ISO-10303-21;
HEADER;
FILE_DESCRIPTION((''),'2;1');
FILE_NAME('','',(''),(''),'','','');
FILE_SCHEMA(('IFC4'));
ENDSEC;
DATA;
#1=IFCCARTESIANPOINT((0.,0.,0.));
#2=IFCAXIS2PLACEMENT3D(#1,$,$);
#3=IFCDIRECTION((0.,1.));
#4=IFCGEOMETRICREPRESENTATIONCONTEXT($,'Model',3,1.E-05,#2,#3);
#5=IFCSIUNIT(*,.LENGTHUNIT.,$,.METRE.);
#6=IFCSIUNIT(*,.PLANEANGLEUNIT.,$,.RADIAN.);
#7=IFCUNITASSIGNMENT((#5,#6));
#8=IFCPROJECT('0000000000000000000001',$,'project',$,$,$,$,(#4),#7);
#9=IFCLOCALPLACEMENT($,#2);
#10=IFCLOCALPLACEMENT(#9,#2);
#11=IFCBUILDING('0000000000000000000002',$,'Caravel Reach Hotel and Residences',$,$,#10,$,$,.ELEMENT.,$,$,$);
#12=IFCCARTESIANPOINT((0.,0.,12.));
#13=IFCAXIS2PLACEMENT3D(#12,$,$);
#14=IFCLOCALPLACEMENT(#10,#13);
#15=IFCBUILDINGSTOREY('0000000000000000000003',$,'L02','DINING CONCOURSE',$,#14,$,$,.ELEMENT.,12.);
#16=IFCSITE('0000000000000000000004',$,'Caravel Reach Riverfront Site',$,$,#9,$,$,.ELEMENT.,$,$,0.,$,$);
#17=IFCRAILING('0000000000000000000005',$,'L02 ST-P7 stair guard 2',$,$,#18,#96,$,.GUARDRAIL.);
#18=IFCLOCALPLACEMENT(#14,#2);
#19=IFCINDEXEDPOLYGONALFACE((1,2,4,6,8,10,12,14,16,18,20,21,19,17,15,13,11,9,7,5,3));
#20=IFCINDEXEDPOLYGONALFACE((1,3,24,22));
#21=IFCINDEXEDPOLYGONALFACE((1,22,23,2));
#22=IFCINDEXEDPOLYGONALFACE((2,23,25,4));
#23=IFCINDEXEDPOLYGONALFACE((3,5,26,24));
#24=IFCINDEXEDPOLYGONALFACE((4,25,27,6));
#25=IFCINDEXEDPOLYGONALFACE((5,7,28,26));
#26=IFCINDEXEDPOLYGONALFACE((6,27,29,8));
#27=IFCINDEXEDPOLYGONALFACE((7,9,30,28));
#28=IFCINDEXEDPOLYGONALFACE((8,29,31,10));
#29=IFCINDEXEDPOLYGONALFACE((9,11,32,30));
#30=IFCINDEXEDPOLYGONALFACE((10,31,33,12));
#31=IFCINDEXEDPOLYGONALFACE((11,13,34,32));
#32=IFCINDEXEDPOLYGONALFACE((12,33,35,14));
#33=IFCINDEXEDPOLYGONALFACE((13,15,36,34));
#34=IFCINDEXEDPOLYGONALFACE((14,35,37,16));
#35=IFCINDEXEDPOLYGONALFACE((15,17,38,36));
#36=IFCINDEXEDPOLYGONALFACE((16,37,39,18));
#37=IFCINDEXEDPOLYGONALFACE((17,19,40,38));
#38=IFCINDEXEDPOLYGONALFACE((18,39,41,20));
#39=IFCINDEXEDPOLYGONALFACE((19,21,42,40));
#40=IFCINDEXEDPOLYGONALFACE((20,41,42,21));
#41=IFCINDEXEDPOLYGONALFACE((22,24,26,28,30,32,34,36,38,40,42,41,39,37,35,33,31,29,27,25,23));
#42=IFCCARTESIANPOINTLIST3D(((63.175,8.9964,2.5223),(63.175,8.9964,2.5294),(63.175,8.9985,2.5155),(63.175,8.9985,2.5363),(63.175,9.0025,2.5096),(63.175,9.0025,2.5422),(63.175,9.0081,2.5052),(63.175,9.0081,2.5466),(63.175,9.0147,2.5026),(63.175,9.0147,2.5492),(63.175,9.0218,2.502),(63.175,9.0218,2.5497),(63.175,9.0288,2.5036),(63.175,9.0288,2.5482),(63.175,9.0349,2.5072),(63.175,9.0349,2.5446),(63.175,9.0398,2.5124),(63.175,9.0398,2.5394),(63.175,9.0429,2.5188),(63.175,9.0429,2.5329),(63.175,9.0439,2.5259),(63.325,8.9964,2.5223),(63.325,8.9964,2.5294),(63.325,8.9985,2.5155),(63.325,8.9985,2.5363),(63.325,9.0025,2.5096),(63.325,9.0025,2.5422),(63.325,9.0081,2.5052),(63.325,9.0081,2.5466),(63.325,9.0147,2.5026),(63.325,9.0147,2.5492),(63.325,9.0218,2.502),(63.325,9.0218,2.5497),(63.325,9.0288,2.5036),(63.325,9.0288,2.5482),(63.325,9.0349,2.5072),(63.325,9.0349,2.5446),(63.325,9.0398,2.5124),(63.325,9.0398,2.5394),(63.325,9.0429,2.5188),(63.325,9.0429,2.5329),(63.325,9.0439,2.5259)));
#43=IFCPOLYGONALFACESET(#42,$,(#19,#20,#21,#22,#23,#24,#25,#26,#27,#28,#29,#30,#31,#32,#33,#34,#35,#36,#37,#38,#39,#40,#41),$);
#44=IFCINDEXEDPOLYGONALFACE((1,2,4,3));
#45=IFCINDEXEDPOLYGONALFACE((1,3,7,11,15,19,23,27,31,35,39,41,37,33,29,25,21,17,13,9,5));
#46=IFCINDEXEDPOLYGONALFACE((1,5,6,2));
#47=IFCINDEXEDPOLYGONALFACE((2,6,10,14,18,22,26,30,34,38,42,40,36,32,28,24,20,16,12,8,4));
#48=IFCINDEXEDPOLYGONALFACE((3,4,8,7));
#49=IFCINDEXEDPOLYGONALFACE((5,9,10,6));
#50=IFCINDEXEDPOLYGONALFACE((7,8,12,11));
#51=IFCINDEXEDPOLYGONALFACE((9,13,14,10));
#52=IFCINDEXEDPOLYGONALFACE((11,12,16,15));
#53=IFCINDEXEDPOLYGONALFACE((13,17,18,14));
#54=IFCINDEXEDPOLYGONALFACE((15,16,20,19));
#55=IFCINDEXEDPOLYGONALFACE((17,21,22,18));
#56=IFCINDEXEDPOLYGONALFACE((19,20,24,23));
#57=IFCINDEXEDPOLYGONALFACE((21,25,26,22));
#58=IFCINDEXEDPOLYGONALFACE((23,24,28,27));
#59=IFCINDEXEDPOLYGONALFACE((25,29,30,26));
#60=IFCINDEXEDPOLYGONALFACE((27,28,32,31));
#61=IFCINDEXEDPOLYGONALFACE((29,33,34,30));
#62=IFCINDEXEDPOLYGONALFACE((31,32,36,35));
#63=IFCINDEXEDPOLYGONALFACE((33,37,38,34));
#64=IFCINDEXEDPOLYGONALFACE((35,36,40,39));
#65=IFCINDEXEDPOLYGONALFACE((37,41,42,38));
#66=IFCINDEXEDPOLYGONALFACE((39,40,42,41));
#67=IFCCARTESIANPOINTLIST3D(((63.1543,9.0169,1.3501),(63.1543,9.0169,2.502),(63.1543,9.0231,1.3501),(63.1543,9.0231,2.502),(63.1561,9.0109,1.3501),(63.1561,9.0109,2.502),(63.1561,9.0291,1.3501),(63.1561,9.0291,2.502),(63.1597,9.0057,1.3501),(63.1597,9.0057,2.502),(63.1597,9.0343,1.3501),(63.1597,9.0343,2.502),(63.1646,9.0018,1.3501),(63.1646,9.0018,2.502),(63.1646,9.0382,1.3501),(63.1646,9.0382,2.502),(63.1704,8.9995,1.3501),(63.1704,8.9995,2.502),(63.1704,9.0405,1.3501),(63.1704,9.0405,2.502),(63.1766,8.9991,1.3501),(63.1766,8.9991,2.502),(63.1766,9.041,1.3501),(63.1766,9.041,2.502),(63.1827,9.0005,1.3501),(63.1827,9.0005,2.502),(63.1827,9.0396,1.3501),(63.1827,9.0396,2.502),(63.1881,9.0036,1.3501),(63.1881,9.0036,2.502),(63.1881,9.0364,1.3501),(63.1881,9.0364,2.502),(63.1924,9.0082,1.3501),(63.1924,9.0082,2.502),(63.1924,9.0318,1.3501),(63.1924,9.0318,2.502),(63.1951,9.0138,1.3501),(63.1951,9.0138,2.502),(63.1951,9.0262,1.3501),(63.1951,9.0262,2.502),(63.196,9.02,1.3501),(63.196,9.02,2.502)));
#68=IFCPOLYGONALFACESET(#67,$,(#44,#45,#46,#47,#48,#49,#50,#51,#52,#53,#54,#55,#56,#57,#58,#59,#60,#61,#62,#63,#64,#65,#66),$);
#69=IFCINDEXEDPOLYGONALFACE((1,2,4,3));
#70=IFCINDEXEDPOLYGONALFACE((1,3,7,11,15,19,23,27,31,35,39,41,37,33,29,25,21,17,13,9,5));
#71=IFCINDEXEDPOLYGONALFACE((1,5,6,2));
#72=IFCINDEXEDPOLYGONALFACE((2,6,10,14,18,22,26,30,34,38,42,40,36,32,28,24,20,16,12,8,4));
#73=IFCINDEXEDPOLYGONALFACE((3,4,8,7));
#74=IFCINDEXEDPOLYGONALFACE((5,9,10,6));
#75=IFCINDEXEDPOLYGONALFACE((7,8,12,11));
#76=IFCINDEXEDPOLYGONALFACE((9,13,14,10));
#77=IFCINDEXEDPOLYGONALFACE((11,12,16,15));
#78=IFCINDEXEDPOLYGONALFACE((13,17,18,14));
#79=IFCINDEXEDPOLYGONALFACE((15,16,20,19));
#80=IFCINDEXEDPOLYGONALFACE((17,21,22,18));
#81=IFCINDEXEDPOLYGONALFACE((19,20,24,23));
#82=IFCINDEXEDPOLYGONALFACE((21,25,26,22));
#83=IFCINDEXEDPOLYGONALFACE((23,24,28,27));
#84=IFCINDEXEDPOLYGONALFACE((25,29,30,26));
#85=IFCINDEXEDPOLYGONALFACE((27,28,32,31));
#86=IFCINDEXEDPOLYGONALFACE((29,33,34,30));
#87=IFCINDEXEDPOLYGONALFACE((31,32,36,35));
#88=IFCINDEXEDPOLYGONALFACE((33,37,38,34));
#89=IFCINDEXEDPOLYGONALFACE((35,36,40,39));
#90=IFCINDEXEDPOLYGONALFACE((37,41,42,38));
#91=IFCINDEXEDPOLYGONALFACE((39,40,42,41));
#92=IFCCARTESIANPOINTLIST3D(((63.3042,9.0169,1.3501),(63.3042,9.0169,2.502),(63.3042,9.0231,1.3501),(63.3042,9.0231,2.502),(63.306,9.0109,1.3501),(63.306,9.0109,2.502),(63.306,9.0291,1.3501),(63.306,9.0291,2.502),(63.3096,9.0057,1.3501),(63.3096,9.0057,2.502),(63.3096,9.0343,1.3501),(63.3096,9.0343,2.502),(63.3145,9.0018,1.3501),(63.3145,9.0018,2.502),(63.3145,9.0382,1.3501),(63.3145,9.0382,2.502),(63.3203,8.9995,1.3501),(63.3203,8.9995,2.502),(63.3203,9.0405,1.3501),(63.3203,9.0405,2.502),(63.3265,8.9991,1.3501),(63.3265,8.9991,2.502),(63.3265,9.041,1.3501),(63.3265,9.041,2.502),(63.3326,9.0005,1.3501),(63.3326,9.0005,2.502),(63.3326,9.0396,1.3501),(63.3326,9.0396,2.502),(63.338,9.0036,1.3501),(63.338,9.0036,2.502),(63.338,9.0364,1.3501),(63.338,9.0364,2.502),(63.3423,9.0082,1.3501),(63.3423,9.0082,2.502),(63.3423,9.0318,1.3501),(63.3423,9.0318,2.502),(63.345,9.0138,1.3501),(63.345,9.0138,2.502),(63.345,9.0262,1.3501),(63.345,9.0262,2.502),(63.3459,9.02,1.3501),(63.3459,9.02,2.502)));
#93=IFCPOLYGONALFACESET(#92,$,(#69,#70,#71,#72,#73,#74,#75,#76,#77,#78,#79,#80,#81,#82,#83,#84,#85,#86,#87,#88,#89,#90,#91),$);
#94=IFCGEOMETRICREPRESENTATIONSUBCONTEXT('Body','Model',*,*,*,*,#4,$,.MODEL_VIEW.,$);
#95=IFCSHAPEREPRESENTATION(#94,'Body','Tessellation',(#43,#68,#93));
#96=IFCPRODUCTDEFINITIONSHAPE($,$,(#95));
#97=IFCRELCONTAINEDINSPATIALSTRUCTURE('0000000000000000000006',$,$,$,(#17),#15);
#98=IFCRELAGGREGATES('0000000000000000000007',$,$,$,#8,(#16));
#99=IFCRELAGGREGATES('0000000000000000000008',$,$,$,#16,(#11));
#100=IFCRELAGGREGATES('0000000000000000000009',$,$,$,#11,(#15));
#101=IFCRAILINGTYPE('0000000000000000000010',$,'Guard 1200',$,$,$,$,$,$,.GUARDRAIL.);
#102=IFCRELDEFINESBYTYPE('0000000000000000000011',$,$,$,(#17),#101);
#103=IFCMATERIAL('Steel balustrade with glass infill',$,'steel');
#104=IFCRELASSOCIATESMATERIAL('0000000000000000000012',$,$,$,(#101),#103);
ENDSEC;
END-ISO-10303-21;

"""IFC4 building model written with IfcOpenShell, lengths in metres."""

from ifc_helpers import new_model, si_unit, direction, frame, origin, origin_2d, place, context, subcontext, project, spatial, circle, extrude, material, type_object, element, save


model = new_model("IFC4")

# Units and contexts
model_context = context("Model", 3, precision=1e-05, world=origin(), true_north=direction((0.0, 1.0)))
body_context = subcontext(model_context, "Body", "Model", "MODEL_VIEW")
ifc_project = project(units=[si_unit("LENGTHUNIT", "METRE"), si_unit("PLANEANGLEUNIT", "RADIAN")], contexts=[model_context])

# Site, building, storey
site_placement = place(None, origin())
site = spatial("IfcSite", under=ifc_project, at=site_placement, Name="Caravel Reach Riverfront Site", CompositionType="ELEMENT", RefElevation=0.0)
building_placement = place(site_placement, origin())
building = spatial("IfcBuilding", under=site, at=building_placement, Name="Caravel Reach Hotel and Residences", CompositionType="ELEMENT")
storey_placement = place(building_placement, frame((0.0, 0.0, 12.0)))
storey = spatial("IfcBuildingStorey", under=building, at=storey_placement, Name="L02", Description="DINING CONCOURSE", CompositionType="ELEMENT", Elevation=12.0)

# Railing
ifc_material_1 = material(Name="Steel balustrade with glass infill", Category="steel")
railing_type_1 = type_object("IfcRailingType", Name="Guard 1200", PredefinedType="GUARDRAIL", material=ifc_material_1)
railing_1_placement = place(storey_placement, frame((63.175, 9.02, 1.3501)))
element("IfcRailing", 1, at=railing_1_placement, inside=storey, type_object=railing_type_1, Name="L02 ST-P7 stair guard 2", PredefinedType="GUARDRAIL", context=body_context, shape_type="SweptSolid", body=[
    extrude(circle(Radius=0.0239, at=origin_2d()), frame((0.0, 0.0, 1.1758), z_axis=(1.0, 0.0, 0.0), x_axis=(0.0, 1.0, 0.0)), (0.0, 0.0, 1.0), 0.1499),
    extrude(circle(Radius=0.021, at=origin_2d()), origin(), (0.0, 0.0, 1.0), 1.1519),
    extrude(circle(Radius=0.021, at=origin_2d()), frame((0.1499, 0.0, 0.0)), (0.0, 0.0, 1.0), 1.1519),
])

save(model, "model.ifc")
